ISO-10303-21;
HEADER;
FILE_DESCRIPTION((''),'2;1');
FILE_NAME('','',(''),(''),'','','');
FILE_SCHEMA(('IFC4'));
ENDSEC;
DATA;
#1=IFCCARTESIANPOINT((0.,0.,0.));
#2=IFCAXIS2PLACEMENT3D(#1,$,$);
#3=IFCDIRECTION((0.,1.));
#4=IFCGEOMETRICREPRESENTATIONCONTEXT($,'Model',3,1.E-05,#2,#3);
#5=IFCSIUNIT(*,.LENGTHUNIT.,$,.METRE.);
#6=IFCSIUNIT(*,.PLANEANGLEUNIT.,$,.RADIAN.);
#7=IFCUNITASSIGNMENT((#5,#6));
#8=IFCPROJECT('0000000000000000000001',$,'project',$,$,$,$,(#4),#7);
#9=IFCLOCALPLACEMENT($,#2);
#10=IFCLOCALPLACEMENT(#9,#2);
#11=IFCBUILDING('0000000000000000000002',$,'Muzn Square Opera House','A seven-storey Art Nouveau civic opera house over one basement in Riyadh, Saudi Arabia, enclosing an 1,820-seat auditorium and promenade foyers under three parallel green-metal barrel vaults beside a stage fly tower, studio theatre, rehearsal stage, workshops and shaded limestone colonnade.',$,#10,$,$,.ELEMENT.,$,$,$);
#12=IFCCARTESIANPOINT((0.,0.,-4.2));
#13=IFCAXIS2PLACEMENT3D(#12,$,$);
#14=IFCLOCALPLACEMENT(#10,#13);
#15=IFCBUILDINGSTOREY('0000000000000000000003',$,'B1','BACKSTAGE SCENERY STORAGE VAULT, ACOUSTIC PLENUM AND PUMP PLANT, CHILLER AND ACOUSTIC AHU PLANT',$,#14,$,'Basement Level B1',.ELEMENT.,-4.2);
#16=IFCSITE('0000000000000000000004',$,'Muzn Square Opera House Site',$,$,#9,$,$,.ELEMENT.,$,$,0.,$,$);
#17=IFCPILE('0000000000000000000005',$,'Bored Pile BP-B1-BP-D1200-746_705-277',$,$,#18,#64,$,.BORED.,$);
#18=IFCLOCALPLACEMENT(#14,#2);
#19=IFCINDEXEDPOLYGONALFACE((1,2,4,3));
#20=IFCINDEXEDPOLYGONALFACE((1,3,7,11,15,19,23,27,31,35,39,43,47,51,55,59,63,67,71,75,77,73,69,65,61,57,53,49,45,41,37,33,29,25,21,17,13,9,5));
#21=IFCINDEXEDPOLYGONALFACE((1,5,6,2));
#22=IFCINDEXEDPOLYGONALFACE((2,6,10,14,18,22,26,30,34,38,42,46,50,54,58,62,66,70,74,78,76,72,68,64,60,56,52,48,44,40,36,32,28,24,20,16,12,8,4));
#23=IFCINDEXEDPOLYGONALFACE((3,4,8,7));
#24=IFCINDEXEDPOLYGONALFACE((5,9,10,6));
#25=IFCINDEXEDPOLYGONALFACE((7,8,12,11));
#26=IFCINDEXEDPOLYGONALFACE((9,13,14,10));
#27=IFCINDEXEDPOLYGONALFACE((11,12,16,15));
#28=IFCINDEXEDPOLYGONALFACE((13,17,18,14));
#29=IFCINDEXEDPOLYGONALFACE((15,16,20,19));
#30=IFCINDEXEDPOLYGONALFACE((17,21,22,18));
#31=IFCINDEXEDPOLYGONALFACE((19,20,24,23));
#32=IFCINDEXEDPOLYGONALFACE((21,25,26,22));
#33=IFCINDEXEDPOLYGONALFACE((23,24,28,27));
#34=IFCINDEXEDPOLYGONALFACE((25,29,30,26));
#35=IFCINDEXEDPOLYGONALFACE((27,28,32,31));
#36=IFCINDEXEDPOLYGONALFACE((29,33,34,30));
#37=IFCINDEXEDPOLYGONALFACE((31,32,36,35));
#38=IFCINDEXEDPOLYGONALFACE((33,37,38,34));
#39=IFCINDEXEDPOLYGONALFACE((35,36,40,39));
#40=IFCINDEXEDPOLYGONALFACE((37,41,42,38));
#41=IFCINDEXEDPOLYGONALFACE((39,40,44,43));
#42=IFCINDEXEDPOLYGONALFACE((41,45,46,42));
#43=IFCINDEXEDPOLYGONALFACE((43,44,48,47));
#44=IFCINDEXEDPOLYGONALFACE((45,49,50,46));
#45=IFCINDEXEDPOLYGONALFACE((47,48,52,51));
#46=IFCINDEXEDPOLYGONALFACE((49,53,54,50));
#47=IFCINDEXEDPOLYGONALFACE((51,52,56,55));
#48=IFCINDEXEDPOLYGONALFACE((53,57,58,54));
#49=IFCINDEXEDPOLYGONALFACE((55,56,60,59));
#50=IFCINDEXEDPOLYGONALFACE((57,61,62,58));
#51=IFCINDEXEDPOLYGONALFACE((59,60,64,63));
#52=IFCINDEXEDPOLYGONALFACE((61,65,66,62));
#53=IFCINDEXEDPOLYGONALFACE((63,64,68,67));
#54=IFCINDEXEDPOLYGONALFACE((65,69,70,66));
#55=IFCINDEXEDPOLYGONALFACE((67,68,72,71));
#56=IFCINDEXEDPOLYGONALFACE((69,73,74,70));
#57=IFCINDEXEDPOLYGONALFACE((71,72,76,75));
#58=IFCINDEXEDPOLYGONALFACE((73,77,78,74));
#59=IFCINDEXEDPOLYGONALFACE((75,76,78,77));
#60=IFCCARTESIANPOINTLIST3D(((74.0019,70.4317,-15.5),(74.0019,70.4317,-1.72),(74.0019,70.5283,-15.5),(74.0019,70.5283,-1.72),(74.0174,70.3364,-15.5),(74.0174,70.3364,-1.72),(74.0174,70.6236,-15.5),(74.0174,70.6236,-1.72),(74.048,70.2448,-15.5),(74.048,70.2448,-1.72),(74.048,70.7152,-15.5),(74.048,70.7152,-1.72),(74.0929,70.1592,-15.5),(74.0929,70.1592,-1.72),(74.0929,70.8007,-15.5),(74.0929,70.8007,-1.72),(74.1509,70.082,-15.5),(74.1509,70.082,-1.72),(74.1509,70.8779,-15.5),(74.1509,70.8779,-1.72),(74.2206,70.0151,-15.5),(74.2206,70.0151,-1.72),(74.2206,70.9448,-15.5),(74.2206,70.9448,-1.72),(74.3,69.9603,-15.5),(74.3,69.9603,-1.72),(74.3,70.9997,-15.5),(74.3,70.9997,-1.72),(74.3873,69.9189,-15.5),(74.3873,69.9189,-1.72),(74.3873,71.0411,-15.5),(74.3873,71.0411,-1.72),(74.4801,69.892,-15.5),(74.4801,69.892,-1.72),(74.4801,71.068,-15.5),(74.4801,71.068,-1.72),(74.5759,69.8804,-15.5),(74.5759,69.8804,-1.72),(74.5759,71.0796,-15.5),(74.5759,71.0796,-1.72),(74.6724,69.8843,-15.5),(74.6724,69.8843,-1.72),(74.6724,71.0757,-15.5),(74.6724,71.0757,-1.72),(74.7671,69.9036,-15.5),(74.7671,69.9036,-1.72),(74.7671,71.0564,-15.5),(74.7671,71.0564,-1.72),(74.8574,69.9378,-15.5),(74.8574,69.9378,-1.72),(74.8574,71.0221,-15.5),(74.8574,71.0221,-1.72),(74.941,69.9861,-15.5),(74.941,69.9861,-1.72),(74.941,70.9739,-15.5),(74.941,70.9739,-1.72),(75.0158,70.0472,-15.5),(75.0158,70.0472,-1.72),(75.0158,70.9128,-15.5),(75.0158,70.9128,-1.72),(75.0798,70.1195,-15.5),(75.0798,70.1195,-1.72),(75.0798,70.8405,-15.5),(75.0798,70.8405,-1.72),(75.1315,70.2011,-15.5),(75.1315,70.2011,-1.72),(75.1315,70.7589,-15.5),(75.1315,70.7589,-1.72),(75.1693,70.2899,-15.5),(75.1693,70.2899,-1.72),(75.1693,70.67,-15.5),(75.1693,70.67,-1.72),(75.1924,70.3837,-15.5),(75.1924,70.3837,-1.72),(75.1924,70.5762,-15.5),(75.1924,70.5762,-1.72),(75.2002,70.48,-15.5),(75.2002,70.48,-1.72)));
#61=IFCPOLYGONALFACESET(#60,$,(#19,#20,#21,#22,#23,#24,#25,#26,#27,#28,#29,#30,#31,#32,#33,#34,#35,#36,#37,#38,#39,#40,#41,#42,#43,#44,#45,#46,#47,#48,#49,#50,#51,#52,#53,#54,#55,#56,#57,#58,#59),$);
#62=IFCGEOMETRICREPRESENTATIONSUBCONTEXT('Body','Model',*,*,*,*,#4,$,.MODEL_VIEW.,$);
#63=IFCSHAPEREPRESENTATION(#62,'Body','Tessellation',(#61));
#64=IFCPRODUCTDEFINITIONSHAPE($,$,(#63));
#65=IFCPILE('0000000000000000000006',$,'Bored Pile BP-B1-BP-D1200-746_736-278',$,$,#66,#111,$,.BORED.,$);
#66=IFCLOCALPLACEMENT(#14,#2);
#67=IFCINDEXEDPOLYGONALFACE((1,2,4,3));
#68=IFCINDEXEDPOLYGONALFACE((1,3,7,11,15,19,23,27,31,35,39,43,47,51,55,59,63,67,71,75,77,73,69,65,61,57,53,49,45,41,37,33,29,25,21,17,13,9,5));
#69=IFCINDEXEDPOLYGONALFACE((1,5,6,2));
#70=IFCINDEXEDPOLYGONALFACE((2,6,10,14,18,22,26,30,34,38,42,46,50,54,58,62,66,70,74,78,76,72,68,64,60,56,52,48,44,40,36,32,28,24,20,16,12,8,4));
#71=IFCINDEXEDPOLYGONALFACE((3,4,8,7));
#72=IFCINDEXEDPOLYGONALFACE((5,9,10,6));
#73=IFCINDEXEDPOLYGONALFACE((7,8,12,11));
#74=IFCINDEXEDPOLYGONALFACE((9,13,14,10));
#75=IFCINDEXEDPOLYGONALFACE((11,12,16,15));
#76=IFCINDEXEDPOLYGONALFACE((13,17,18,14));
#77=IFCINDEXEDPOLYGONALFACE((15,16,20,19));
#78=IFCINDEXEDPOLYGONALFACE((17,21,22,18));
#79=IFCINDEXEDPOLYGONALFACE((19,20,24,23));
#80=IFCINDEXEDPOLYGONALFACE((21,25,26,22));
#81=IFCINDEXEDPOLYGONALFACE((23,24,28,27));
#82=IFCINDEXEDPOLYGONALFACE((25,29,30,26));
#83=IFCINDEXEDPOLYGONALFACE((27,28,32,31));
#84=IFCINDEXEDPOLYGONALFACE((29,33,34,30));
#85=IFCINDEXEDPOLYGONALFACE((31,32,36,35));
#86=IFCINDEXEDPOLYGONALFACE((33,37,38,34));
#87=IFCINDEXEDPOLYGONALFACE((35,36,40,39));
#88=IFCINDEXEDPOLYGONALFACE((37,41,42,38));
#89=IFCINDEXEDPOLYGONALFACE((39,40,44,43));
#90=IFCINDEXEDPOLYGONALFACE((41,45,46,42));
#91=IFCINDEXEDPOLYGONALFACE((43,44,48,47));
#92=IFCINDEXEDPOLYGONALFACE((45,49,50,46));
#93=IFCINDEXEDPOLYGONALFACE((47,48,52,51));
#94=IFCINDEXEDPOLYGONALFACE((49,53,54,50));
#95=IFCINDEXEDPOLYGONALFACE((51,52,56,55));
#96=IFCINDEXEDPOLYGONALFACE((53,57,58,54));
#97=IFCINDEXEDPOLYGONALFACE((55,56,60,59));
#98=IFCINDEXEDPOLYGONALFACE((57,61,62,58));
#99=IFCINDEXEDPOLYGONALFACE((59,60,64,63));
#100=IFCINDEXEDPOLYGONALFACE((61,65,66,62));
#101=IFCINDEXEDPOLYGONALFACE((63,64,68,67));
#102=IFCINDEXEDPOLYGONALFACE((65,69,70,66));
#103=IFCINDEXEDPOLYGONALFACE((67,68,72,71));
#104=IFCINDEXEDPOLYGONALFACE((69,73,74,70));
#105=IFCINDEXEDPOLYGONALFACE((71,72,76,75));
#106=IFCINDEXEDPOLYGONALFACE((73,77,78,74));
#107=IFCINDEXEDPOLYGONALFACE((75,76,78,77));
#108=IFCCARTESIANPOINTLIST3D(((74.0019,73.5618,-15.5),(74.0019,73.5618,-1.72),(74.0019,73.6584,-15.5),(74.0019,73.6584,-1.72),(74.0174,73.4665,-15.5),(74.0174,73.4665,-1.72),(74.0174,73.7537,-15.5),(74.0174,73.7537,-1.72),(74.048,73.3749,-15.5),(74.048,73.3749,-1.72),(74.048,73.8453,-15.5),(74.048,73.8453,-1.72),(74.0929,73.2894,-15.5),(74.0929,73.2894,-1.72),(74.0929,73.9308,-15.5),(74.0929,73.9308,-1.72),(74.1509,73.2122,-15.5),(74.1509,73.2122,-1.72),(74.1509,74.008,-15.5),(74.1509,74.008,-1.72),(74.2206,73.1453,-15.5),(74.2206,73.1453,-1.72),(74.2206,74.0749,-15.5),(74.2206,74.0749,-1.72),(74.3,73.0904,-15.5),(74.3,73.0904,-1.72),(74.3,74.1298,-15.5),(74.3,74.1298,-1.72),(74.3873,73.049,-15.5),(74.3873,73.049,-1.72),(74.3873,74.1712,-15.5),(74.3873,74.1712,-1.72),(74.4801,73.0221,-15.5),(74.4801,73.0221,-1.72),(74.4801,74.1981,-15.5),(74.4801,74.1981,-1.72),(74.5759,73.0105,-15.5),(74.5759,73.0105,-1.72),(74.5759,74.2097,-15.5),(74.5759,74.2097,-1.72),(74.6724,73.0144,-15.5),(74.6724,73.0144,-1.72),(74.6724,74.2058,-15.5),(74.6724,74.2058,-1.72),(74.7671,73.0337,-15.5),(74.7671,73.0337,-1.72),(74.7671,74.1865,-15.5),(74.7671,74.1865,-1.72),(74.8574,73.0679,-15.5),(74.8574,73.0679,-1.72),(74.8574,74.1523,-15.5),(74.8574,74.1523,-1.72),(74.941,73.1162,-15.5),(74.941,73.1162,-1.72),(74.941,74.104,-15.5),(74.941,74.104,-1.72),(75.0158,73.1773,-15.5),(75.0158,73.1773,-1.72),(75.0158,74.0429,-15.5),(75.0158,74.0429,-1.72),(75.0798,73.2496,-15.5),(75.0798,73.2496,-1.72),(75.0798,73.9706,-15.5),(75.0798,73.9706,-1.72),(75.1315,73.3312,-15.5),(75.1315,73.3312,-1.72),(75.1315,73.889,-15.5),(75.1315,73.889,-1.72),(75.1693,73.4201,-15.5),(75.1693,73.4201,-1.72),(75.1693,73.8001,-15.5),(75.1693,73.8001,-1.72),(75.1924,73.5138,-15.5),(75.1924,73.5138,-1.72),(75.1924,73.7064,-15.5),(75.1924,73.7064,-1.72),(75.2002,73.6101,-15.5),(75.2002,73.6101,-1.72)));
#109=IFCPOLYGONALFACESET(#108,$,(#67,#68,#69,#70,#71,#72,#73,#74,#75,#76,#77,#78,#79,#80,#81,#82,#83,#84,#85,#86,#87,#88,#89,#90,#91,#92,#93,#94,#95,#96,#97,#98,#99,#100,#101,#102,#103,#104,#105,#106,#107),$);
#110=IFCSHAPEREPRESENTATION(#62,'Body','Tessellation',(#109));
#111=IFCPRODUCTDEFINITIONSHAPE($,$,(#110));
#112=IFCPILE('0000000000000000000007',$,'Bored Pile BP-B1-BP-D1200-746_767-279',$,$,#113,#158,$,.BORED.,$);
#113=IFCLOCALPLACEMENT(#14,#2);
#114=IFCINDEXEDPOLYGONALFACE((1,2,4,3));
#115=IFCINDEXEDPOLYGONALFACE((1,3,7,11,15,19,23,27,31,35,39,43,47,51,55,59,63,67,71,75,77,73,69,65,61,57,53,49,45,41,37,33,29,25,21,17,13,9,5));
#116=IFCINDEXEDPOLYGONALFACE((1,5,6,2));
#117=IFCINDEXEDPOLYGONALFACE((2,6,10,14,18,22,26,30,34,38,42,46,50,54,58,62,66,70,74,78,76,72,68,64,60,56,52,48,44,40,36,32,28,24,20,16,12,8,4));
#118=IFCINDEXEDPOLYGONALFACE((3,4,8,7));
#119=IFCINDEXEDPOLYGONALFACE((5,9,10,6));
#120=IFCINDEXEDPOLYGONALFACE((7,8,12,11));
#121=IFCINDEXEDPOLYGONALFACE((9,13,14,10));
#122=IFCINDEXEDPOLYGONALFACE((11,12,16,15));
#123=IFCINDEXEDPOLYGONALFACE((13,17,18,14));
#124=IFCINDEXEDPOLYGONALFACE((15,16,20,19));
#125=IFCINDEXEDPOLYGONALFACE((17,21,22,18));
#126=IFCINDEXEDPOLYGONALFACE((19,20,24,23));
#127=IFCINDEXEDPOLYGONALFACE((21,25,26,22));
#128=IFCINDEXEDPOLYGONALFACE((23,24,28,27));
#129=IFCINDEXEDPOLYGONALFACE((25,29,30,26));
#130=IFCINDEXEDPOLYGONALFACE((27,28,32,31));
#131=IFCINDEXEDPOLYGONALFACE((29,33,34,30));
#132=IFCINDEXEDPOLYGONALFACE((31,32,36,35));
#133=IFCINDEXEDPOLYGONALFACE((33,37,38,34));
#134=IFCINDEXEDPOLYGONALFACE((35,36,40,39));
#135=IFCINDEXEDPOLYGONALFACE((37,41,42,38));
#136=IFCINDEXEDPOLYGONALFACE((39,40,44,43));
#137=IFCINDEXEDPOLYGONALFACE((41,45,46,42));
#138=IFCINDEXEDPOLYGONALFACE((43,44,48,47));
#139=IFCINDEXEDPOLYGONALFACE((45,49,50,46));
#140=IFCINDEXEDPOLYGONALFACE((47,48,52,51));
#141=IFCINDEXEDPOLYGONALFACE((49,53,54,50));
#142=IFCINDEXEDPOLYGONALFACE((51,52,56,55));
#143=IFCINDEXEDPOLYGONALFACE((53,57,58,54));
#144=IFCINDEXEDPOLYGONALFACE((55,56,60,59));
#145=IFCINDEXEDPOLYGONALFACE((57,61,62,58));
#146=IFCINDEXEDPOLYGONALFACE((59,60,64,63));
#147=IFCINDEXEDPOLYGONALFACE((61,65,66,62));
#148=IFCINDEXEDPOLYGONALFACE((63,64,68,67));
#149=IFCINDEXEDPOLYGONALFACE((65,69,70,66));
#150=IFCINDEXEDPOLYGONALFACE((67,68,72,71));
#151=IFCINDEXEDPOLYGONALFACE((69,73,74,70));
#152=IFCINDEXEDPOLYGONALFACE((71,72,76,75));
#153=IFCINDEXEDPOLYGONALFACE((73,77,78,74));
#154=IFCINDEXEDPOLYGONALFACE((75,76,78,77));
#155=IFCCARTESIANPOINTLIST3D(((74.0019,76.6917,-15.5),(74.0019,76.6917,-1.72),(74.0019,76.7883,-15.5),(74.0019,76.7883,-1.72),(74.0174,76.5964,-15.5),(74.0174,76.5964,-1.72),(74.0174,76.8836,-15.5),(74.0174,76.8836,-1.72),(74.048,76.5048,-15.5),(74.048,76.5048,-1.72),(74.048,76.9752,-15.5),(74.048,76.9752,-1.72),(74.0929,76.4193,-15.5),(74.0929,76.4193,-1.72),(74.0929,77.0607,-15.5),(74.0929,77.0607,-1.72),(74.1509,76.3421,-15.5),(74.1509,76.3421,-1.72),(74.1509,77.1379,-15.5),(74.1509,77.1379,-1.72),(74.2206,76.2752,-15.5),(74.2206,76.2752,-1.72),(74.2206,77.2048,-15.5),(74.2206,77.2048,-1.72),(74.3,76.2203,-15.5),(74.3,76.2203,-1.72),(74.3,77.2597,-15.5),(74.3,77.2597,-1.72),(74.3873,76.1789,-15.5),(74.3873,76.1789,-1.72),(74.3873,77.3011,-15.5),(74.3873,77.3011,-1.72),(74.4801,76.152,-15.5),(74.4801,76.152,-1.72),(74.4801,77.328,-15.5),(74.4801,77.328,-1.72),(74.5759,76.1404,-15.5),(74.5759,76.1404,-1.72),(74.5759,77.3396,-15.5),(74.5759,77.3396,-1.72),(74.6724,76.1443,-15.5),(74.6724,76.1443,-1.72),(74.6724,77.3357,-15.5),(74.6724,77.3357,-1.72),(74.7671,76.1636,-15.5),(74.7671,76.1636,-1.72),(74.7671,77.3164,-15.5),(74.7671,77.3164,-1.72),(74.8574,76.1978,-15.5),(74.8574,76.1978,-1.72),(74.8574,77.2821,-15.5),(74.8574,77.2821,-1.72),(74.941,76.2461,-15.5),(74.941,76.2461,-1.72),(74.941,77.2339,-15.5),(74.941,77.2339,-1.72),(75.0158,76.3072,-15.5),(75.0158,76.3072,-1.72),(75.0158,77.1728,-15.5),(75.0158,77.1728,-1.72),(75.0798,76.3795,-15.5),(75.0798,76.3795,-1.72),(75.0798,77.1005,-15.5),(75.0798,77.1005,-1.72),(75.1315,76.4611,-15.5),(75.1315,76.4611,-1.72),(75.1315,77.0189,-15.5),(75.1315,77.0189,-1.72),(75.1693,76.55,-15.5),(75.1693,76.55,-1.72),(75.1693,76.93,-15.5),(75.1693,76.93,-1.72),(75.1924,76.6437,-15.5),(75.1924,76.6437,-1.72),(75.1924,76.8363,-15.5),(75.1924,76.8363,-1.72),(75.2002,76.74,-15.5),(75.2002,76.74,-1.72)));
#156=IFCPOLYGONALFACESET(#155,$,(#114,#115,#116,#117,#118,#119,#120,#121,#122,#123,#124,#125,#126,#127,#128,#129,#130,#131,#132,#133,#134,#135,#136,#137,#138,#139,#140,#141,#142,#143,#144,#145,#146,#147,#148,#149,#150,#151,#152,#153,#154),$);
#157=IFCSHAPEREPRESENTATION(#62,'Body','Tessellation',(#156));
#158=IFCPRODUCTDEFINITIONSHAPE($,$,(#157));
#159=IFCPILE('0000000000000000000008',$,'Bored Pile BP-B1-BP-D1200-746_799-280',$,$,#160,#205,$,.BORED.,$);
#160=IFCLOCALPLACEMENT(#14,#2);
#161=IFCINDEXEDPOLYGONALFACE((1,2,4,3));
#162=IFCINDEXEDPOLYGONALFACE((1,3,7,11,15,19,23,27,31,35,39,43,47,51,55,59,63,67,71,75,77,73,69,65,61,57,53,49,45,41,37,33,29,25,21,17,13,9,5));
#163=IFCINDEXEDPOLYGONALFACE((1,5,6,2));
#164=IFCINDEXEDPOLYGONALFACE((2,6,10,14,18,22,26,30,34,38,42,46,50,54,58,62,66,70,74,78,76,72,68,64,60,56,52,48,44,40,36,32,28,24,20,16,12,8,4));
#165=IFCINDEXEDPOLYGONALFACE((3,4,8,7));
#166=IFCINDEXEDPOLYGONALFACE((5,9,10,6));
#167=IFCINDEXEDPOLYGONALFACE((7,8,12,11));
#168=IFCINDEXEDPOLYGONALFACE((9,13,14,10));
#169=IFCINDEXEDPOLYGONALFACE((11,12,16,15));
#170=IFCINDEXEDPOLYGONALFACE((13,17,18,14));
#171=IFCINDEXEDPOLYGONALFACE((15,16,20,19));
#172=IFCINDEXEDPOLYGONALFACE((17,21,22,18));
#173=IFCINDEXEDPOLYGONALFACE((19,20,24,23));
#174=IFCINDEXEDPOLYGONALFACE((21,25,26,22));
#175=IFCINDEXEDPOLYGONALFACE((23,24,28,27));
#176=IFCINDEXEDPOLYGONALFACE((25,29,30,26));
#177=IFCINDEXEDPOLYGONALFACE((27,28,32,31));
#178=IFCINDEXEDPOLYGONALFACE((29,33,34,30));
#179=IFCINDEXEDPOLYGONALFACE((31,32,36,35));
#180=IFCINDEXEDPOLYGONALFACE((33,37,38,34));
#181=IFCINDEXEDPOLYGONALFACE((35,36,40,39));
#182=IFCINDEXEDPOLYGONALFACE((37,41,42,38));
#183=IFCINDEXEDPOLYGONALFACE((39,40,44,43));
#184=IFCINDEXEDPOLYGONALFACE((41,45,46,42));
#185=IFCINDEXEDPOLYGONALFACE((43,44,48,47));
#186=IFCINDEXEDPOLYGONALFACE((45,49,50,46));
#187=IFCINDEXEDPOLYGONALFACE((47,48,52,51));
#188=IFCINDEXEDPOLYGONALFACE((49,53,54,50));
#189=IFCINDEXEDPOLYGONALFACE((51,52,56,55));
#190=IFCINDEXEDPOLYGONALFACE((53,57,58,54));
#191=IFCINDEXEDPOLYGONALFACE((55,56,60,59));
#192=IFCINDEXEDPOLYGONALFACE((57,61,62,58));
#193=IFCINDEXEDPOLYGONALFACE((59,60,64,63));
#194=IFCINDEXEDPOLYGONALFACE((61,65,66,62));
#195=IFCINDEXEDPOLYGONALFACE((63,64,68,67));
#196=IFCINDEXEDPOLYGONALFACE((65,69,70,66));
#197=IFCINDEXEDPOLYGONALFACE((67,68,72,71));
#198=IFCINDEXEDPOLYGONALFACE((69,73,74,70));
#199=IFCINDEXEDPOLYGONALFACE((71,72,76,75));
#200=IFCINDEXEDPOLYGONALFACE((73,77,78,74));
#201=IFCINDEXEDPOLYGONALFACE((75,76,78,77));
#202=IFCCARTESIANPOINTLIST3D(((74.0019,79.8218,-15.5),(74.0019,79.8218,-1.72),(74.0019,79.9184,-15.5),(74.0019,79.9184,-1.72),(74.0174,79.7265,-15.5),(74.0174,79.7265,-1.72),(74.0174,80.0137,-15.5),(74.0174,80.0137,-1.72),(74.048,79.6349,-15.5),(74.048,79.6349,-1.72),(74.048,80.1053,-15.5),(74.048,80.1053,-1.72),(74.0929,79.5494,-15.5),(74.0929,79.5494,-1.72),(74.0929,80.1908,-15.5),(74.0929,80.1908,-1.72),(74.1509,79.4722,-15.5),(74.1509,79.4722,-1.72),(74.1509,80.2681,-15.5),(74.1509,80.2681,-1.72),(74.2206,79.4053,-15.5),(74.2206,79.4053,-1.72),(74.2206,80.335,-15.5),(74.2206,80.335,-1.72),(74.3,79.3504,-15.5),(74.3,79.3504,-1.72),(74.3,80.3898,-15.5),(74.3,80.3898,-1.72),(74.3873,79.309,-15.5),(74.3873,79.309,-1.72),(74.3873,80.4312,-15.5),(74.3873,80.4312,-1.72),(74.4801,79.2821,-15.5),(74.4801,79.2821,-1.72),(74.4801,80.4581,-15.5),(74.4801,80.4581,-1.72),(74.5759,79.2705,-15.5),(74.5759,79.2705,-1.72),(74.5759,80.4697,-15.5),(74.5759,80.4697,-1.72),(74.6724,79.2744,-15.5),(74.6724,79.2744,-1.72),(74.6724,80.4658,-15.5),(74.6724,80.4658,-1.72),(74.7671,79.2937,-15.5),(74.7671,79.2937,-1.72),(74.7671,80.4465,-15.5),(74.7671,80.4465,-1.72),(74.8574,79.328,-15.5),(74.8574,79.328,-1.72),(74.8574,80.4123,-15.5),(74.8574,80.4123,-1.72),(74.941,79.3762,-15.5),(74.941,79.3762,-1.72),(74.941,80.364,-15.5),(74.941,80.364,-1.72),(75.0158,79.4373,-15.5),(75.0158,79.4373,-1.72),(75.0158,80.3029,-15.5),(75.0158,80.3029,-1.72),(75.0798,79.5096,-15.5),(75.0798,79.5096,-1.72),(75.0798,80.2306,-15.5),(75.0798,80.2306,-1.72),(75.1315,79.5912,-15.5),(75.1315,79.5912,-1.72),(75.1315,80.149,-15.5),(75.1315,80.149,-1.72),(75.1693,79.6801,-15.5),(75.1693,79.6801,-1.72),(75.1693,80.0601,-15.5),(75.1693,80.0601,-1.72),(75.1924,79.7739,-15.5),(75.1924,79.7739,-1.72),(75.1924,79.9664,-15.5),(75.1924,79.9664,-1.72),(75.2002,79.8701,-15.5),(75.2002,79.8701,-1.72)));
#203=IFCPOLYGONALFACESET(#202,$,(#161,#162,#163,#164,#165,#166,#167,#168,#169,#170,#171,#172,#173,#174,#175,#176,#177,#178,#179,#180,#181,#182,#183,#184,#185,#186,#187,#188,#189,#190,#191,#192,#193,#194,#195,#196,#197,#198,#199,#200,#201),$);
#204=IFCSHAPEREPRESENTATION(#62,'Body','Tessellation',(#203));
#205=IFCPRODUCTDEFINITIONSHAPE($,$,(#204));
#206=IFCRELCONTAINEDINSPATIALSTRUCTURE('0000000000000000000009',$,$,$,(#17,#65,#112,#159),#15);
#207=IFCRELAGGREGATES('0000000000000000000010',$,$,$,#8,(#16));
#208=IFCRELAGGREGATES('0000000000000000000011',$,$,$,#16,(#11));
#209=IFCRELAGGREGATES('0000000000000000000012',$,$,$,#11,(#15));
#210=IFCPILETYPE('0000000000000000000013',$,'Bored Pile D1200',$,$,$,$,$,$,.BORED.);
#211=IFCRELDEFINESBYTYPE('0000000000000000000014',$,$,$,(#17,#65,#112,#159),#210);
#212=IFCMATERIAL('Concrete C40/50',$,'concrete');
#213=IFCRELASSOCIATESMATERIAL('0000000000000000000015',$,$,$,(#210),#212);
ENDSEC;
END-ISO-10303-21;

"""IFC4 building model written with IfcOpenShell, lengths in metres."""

from ifc_helpers import new_model, si_unit, direction, frame, origin, origin_2d, place, context, subcontext, project, spatial, circle, extrude, material, material_profile, profile_set, type_object, element, save


model = new_model("IFC4")

# Units and contexts
model_context = context("Model", 3, precision=1e-05, world=origin(), true_north=direction((0.0, 1.0)))
body_context = subcontext(model_context, "Body", "Model", "MODEL_VIEW")
ifc_project = project(units=[si_unit("LENGTHUNIT", "METRE"), si_unit("PLANEANGLEUNIT", "RADIAN")], contexts=[model_context])

# Site, building, storey
site_placement = place(None, origin())
site = spatial("IfcSite", under=ifc_project, at=site_placement, Name="Muzn Square Opera House Site", CompositionType="ELEMENT", RefElevation=0.0)
building_placement = place(site_placement, origin())
building = spatial("IfcBuilding", under=site, at=building_placement, Name="Muzn Square Opera House", Description="A seven-storey Art Nouveau civic opera house over one basement in Riyadh, Saudi Arabia, enclosing an 1,820-seat auditorium and promenade foyers under three parallel green-metal barrel vaults beside a stage fly tower, studio theatre, rehearsal stage, workshops and shaded limestone colonnade.", CompositionType="ELEMENT")
storey_placement = place(building_placement, frame((0.0, 0.0, -4.2)))
storey = spatial("IfcBuildingStorey", under=building, at=storey_placement, Name="B1", Description="BACKSTAGE SCENERY STORAGE VAULT, ACOUSTIC PLENUM AND PUMP PLANT, CHILLER AND ACOUSTIC AHU PLANT", LongName="Basement Level B1", CompositionType="ELEMENT", Elevation=-4.2)

# Piles
ifc_material_1 = material(Name="Concrete C40/50", Category="concrete")
ifc_material_profile_1 = material_profile(ifc_material_1, circle(Radius=0.6001, at=origin_2d()), Name="BORED PILE D1200", Category="concrete")
ifc_profile_set_1 = profile_set([ifc_material_profile_1], Name="Concrete C40/50")
pile_type_1 = type_object("IfcPileType", Name="Bored Pile D1200", PredefinedType="BORED", material=ifc_profile_set_1)
for number, where, z_axis, x_axis, name in (
    (1, (74.6001, 70.48, -1.72), (0.0, 0.0, -1.0), (1.0, 0.0, 0.0), "Bored Pile BP-B1-BP-D1200-746_705-277"),
    (2, (74.6001, 73.6101, -1.72), (0.0, 0.0, -1.0), (1.0, 0.0, 0.0), "Bored Pile BP-B1-BP-D1200-746_736-278"),
    (3, (74.6001, 76.74, -1.72), (0.0, 0.0, -1.0), (1.0, 0.0, 0.0), "Bored Pile BP-B1-BP-D1200-746_767-279"),
    (4, (74.6001, 79.8701, -1.72), (0.0, 0.0, -1.0), (1.0, 0.0, 0.0), "Bored Pile BP-B1-BP-D1200-746_799-280"),
):
    element("IfcPile", number, at=place(storey_placement, frame(where, z_axis=z_axis, x_axis=x_axis)), inside=storey, type_object=pile_type_1, Name=name, PredefinedType="BORED", context=body_context, shape_type="SweptSolid", body=[
        extrude(circle(Radius=0.6001, at=origin_2d()), origin(), (0.0, 0.0, 1.0), 13.78),
    ])

save(model, "model.ifc")
